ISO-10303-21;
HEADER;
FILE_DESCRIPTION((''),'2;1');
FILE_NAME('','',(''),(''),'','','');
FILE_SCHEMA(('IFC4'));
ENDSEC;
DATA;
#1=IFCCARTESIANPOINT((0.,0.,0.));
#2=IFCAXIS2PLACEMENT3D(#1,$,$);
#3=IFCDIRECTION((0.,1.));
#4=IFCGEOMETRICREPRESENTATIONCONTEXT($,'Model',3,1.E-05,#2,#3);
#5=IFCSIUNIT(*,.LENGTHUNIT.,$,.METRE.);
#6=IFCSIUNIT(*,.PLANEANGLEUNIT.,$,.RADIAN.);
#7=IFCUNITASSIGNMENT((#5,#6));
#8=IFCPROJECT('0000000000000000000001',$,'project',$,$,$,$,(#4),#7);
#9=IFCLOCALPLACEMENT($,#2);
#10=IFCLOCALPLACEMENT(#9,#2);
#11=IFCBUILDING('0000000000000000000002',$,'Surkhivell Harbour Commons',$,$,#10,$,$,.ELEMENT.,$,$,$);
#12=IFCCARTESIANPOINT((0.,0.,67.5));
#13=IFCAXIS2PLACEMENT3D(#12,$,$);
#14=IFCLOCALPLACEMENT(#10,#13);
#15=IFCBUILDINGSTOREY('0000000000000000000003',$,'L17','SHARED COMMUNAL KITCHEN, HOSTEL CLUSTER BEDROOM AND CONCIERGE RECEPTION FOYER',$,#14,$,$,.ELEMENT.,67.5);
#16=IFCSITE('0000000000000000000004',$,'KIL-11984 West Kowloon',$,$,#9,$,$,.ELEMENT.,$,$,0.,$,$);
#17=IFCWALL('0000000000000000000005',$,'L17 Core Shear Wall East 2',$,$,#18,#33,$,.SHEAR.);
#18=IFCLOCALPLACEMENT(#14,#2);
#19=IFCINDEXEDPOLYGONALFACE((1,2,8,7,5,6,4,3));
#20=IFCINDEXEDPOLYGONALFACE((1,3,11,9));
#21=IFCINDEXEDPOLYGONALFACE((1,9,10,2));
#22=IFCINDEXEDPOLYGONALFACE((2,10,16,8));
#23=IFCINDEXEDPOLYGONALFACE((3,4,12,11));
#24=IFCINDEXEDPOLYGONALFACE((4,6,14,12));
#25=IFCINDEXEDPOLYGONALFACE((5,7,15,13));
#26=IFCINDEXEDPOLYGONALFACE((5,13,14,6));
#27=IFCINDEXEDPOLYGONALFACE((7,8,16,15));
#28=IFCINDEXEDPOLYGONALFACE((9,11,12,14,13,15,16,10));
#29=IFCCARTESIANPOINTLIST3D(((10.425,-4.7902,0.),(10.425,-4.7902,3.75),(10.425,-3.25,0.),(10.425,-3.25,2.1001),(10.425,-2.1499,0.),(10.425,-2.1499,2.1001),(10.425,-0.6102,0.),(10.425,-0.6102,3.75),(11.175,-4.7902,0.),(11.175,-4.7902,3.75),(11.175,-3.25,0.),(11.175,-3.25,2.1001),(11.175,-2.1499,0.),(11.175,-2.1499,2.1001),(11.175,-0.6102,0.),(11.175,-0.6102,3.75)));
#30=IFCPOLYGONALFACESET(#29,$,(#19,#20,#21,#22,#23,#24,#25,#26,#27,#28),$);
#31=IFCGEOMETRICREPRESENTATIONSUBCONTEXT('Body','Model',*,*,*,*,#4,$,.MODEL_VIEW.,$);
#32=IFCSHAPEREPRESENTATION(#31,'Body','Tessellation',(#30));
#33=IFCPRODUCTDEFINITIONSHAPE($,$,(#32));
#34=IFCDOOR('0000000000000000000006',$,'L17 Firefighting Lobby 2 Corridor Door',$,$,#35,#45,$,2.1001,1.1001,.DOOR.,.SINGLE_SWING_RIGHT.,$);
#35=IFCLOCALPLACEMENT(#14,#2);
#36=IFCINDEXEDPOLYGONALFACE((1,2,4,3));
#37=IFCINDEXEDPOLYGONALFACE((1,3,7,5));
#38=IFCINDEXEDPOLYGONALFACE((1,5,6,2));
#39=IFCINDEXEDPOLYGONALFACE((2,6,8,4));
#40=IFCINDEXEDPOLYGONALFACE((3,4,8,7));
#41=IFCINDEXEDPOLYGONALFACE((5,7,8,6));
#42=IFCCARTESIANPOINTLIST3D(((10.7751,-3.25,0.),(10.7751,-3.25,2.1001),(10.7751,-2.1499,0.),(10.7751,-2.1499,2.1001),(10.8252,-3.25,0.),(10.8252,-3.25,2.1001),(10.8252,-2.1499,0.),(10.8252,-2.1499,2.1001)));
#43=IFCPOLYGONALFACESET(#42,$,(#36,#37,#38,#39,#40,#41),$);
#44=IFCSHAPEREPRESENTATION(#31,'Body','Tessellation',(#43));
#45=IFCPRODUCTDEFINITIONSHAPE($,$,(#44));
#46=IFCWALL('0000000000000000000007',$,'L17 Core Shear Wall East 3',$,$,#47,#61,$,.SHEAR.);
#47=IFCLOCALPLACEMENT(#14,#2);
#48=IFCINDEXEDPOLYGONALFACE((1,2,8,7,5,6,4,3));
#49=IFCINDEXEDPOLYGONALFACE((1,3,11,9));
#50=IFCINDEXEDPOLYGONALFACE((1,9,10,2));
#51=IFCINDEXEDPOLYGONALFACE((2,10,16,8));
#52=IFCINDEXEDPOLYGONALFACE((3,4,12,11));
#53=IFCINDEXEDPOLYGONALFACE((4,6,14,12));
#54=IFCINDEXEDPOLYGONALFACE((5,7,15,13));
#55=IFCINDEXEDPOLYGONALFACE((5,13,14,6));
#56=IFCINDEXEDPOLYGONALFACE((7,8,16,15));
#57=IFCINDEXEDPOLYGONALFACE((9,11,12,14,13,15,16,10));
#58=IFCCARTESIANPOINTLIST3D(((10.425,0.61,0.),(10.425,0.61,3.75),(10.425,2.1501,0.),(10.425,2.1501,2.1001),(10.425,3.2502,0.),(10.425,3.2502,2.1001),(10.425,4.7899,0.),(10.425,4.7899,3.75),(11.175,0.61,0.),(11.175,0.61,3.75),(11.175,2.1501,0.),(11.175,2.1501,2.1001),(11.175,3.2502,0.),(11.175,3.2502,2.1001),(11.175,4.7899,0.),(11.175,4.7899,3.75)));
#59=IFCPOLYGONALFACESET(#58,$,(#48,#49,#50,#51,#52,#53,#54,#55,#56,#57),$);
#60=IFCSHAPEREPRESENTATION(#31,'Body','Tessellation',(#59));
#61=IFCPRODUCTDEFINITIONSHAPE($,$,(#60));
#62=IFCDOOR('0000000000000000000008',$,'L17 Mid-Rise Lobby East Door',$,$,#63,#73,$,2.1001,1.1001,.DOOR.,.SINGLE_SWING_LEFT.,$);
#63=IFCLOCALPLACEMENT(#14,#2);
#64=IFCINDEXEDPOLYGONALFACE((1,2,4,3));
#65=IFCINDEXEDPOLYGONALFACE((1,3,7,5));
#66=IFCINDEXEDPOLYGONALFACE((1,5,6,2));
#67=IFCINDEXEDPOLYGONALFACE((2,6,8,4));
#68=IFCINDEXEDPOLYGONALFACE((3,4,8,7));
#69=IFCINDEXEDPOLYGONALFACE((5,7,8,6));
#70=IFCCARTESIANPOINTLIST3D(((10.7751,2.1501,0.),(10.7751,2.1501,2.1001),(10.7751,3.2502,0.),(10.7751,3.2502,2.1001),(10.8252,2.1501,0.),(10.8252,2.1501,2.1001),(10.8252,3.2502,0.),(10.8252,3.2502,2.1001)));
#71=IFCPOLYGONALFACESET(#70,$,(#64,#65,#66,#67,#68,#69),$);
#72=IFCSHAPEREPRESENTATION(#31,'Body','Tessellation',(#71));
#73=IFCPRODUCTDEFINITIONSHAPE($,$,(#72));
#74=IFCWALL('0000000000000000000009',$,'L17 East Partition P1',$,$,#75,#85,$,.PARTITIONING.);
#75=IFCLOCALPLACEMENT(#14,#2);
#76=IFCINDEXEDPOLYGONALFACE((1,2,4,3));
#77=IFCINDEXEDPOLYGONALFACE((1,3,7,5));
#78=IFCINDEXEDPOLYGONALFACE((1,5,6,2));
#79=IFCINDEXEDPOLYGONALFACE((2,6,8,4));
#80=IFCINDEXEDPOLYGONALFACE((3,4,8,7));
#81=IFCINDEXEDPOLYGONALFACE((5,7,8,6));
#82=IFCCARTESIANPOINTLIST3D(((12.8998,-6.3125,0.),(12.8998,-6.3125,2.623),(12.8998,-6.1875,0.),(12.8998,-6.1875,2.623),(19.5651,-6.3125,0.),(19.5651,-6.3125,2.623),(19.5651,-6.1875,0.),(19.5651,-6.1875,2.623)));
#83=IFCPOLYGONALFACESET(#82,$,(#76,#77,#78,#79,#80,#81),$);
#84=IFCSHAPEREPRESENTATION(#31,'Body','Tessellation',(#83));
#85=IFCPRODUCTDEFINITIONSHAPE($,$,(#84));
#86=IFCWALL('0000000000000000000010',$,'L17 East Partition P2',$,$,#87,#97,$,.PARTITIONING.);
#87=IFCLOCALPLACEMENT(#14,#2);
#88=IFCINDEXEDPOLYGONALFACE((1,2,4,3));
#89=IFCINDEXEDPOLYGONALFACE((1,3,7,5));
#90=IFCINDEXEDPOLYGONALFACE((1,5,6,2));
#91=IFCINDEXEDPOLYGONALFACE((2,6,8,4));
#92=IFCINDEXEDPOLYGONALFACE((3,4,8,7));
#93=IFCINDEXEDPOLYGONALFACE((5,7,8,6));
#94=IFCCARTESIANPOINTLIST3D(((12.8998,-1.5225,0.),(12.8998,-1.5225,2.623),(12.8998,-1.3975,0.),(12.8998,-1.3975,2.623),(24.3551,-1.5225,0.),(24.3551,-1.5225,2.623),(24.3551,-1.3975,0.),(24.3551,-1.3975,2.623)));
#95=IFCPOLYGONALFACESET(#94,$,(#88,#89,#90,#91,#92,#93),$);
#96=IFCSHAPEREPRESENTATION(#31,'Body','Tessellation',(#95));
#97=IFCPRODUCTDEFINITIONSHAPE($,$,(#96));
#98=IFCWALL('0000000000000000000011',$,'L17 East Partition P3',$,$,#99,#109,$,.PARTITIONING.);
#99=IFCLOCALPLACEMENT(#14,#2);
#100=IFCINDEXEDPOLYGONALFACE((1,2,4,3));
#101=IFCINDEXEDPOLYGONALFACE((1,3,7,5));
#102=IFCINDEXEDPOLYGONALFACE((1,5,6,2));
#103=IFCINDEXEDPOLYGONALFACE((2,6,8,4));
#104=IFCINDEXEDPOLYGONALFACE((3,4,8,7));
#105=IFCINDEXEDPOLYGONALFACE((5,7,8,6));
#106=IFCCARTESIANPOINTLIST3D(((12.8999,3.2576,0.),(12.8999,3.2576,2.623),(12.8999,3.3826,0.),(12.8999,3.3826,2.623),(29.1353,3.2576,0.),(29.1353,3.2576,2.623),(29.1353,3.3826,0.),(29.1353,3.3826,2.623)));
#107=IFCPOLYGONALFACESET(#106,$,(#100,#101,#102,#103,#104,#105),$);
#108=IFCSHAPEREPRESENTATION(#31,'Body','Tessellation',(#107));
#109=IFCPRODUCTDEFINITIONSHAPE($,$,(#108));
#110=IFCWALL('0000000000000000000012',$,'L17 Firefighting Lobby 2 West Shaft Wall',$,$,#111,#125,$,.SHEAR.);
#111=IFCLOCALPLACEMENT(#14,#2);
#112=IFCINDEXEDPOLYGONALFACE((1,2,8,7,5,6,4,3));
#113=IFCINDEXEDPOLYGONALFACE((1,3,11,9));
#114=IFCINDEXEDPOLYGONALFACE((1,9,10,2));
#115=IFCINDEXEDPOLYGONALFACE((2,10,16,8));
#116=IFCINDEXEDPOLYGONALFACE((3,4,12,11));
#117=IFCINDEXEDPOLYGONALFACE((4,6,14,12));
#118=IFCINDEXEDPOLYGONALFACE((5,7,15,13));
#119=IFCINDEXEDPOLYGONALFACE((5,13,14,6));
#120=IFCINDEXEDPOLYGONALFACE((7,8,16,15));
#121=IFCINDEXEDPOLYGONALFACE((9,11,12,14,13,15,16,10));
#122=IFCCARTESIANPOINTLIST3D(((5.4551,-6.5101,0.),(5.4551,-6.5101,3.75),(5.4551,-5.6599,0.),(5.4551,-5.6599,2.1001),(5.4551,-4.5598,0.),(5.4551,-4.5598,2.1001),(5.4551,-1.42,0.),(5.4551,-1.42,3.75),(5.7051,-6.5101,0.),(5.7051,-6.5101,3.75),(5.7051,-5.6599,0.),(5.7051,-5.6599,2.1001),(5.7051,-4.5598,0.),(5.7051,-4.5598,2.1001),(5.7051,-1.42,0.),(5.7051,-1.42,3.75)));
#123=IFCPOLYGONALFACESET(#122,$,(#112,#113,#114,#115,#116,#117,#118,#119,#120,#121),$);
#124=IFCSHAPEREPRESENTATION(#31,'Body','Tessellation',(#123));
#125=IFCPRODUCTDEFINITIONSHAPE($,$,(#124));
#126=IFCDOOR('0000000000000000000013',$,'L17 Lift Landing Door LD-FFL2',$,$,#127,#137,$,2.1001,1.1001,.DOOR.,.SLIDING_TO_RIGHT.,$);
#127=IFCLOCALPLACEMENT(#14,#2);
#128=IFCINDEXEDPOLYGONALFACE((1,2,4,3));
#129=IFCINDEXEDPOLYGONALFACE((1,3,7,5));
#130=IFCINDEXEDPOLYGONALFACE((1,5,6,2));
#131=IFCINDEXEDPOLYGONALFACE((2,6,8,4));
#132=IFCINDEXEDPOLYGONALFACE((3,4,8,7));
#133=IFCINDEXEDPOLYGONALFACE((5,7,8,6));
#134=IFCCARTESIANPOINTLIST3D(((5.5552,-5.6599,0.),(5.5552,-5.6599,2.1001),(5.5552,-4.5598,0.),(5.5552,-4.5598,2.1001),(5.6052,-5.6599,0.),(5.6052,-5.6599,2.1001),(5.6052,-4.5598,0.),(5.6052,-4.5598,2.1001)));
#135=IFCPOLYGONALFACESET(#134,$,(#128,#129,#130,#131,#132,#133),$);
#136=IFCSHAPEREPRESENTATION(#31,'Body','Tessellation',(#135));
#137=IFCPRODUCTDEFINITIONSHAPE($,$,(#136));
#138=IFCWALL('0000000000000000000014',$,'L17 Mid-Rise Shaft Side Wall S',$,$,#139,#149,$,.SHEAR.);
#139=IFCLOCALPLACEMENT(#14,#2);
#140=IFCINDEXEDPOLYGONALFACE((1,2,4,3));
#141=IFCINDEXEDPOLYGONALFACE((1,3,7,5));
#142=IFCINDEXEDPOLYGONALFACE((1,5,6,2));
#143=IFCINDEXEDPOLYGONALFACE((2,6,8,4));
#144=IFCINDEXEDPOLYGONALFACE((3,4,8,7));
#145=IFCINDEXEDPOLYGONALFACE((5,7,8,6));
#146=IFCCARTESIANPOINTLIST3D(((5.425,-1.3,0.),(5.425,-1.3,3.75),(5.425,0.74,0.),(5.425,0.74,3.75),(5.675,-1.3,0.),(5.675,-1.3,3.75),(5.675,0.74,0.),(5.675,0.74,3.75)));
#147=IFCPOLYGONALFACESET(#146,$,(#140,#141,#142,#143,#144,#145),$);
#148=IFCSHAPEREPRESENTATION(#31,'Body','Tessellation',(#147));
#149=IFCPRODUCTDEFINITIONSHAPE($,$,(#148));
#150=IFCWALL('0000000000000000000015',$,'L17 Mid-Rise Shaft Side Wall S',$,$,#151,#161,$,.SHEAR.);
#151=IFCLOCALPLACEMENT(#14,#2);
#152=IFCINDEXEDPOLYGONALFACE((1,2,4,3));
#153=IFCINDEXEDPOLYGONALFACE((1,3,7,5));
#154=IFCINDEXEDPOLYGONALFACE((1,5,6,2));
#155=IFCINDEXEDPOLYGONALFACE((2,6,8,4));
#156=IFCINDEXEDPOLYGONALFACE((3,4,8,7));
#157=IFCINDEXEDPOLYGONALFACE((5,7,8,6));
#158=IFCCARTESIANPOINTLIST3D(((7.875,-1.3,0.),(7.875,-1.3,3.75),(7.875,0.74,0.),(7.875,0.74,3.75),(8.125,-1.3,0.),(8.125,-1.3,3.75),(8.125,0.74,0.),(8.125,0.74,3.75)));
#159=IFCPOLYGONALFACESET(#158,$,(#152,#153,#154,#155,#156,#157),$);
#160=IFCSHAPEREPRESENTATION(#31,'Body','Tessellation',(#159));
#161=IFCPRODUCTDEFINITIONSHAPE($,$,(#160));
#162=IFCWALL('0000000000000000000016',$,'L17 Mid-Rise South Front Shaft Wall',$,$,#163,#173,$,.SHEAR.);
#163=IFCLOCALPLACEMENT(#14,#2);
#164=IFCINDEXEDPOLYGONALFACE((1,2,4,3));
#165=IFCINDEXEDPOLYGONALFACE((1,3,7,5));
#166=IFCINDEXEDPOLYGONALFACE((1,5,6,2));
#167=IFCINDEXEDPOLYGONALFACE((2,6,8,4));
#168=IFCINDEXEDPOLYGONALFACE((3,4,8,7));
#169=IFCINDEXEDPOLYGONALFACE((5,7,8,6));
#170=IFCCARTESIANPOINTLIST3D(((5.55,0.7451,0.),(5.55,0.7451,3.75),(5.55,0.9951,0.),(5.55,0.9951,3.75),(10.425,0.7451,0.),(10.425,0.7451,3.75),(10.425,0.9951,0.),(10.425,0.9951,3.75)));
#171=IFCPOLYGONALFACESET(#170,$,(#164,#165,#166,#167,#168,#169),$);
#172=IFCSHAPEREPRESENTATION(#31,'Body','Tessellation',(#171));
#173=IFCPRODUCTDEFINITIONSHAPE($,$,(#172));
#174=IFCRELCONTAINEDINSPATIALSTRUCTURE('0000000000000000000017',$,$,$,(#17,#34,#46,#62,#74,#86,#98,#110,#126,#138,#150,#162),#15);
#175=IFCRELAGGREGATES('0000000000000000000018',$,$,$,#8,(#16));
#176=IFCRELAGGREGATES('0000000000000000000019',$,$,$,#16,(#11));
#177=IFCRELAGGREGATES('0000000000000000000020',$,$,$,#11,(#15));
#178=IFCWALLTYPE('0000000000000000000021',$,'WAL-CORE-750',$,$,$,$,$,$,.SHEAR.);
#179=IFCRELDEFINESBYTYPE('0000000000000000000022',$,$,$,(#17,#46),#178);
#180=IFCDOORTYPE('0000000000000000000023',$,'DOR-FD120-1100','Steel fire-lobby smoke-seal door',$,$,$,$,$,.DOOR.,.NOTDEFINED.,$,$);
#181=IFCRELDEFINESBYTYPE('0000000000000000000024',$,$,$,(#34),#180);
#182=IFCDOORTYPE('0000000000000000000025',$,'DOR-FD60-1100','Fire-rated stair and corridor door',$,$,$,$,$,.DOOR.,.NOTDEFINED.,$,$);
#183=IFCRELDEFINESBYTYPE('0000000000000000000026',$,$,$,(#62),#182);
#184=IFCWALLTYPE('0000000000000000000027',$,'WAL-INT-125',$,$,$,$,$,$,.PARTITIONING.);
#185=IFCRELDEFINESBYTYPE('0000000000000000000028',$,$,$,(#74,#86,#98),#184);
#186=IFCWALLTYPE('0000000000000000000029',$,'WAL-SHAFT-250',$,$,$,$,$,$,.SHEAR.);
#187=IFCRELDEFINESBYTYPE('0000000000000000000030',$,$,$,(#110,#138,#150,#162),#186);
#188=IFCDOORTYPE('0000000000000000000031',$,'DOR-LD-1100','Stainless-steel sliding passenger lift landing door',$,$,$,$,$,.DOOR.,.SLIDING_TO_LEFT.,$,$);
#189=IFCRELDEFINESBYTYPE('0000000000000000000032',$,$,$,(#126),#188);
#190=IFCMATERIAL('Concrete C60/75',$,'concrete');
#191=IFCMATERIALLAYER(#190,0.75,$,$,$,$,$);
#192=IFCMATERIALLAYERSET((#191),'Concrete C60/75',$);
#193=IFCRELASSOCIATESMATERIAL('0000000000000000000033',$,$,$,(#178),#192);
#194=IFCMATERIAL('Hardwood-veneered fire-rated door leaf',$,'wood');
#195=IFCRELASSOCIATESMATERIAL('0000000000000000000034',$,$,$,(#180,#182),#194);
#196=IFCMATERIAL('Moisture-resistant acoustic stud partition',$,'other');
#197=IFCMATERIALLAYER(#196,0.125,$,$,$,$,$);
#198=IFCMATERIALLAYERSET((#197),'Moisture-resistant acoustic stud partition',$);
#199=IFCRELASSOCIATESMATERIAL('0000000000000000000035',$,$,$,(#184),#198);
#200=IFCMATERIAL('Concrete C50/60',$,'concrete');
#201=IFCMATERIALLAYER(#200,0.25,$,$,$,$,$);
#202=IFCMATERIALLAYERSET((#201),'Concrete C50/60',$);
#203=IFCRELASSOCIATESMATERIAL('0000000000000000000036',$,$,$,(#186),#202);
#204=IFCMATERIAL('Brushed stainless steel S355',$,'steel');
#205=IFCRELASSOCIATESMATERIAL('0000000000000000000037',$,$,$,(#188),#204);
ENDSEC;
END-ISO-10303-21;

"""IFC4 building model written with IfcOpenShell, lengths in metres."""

from ifc_helpers import new_model, si_unit, direction, frame, frame_2d, origin, place, context, subcontext, project, spatial, rectangle, extrude, material, layer, layer_set, type_object, element, fill, save


model = new_model("IFC4")

# Units and contexts
model_context = context("Model", 3, precision=1e-05, world=origin(), true_north=direction((0.0, 1.0)))
body_context = subcontext(model_context, "Body", "Model", "MODEL_VIEW")
ifc_project = project(units=[si_unit("LENGTHUNIT", "METRE"), si_unit("PLANEANGLEUNIT", "RADIAN")], contexts=[model_context])

# Site, building, storey
site_placement = place(None, origin())
site = spatial("IfcSite", under=ifc_project, at=site_placement, Name="KIL-11984 West Kowloon", CompositionType="ELEMENT", RefElevation=0.0)
building_placement = place(site_placement, origin())
building = spatial("IfcBuilding", under=site, at=building_placement, Name="Surkhivell Harbour Commons", CompositionType="ELEMENT")
storey_placement = place(building_placement, frame((0.0, 0.0, 67.5)))
storey = spatial("IfcBuildingStorey", under=building, at=storey_placement, Name="L17", Description="SHARED COMMUNAL KITCHEN, HOSTEL CLUSTER BEDROOM AND CONCIERGE RECEPTION FOYER", CompositionType="ELEMENT", Elevation=67.5)

# Walls, openings, doors
ifc_material_1 = material(Name="Concrete C60/75", Category="concrete")
ifc_layer_1 = layer(ifc_material_1, 0.75)
ifc_layer_set_1 = layer_set([ifc_layer_1], Name="Concrete C60/75")
wall_type_1 = type_object("IfcWallType", Name="WAL-CORE-750", PredefinedType="SHEAR", material=ifc_layer_set_1)
wall_1_placement = place(storey_placement, frame((10.8, -4.79, 0.0), z_axis=(0.0, 0.0, 1.0), x_axis=(0.0, 1.0, 0.0)))
wall_1 = element("IfcWall", 1, at=wall_1_placement, inside=storey, type_object=wall_type_1, Name="L17 Core Shear Wall East 2", PredefinedType="SHEAR", context=body_context, shape_type="SweptSolid", body=[
    extrude(rectangle(XDim=4.1799, YDim=0.75, at=frame_2d((2.0898, 0.0))), origin(), (0.0, 0.0, 1.0), 3.75),
])
opening_1_placement = place(wall_1_placement, frame((1.54, 0.0, 0.0)))
opening_1 = element("IfcOpeningElement", 2, at=opening_1_placement, cuts=wall_1, PredefinedType="OPENING", context=body_context, shape_type="SweptSolid", body=[
    extrude(rectangle(XDim=1.1001, YDim=2.1001, at=frame_2d((0.55, 1.05))), frame((0.0, 0.385, 0.0), z_axis=(0.0, -1.0, 0.0), x_axis=(1.0, 0.0, 0.0)), (0.0, 0.0, 1.0), 0.77),
])
ifc_material_2 = material(Name="Hardwood-veneered fire-rated door leaf", Category="wood")
door_type_1 = type_object("IfcDoorType", Name="DOR-FD120-1100", Description="Steel fire-lobby smoke-seal door", OperationType="NOTDEFINED", PredefinedType="DOOR", material=ifc_material_2)
door_1_placement = place(opening_1_placement, origin())
door_1 = element("IfcDoor", 3, at=door_1_placement, inside=storey, type_object=door_type_1, Name="L17 Firefighting Lobby 2 Corridor Door", OperationType="SINGLE_SWING_RIGHT", OverallHeight=2.1001, OverallWidth=1.1001, PredefinedType="DOOR", context=body_context, shape_type="SweptSolid", body=[
    extrude(rectangle(XDim=1.1001, YDim=2.1001, at=frame_2d((0.55, 1.05))), frame((0.0, 0.0249, 0.0), z_axis=(0.0, -1.0, 0.0), x_axis=(1.0, 0.0, 0.0)), (0.0, 0.0, 1.0), 0.05),
])
fill(opening_1, door_1)
wall_2_placement = place(storey_placement, frame((10.8, 0.6101, 0.0), z_axis=(0.0, 0.0, 1.0), x_axis=(0.0, 1.0, 0.0)))
wall_2 = element("IfcWall", 4, at=wall_2_placement, inside=storey, type_object=wall_type_1, Name="L17 Core Shear Wall East 3", PredefinedType="SHEAR", context=body_context, shape_type="SweptSolid", body=[
    extrude(rectangle(XDim=4.1799, YDim=0.75, at=frame_2d((2.0898, 0.0))), origin(), (0.0, 0.0, 1.0), 3.75),
])
opening_2_placement = place(wall_2_placement, frame((1.54, 0.0, 0.0)))
opening_2 = element("IfcOpeningElement", 5, at=opening_2_placement, cuts=wall_2, PredefinedType="OPENING", context=body_context, shape_type="SweptSolid", body=[
    extrude(rectangle(XDim=1.1001, YDim=2.1001, at=frame_2d((0.55, 1.05))), frame((0.0, 0.385, 0.0), z_axis=(0.0, -1.0, 0.0), x_axis=(1.0, 0.0, 0.0)), (0.0, 0.0, 1.0), 0.77),
])
door_type_2 = type_object("IfcDoorType", Name="DOR-FD60-1100", Description="Fire-rated stair and corridor door", OperationType="NOTDEFINED", PredefinedType="DOOR", material=ifc_material_2)
door_2_placement = place(opening_2_placement, origin())
door_2 = element("IfcDoor", 6, at=door_2_placement, inside=storey, type_object=door_type_2, Name="L17 Mid-Rise Lobby East Door", OperationType="SINGLE_SWING_LEFT", OverallHeight=2.1001, OverallWidth=1.1001, PredefinedType="DOOR", context=body_context, shape_type="SweptSolid", body=[
    extrude(rectangle(XDim=1.1001, YDim=2.1001, at=frame_2d((0.55, 1.05))), frame((0.0, 0.0249, 0.0), z_axis=(0.0, -1.0, 0.0), x_axis=(1.0, 0.0, 0.0)), (0.0, 0.0, 1.0), 0.05),
])
fill(opening_2, door_2)

# Walls
ifc_material_3 = material(Name="Moisture-resistant acoustic stud partition", Category="other")
ifc_layer_2 = layer(ifc_material_3, 0.125)
ifc_layer_set_2 = layer_set([ifc_layer_2], Name="Moisture-resistant acoustic stud partition")
wall_type_2 = type_object("IfcWallType", Name="WAL-INT-125", PredefinedType="PARTITIONING", material=ifc_layer_set_2)
wall_3_placement = place(storey_placement, frame((12.8999, -6.25, 0.0), z_axis=(0.0, 0.0, 1.0), x_axis=(1.0, 0.0, 0.0)))
element("IfcWall", 7, at=wall_3_placement, inside=storey, type_object=wall_type_2, Name="L17 East Partition P1", PredefinedType="PARTITIONING", context=body_context, shape_type="SweptSolid", body=[
    extrude(rectangle(XDim=6.6653, YDim=0.125, at=frame_2d((3.3325, 0.0))), origin(), (0.0, 0.0, 1.0), 2.623),
])
wall_4_placement = place(storey_placement, frame((12.8999, -1.46, 0.0), z_axis=(0.0, 0.0, 1.0), x_axis=(1.0, 0.0, 0.0)))
element("IfcWall", 8, at=wall_4_placement, inside=storey, type_object=wall_type_2, Name="L17 East Partition P2", PredefinedType="PARTITIONING", context=body_context, shape_type="SweptSolid", body=[
    extrude(rectangle(XDim=11.4553, YDim=0.125, at=frame_2d((5.7275, 0.0))), origin(), (0.0, 0.0, 1.0), 2.623),
])
wall_5_placement = place(storey_placement, frame((12.8999, 3.3201, 0.0), z_axis=(0.0, 0.0, 1.0), x_axis=(1.0, 0.0, 0.0)))
element("IfcWall", 9, at=wall_5_placement, inside=storey, type_object=wall_type_2, Name="L17 East Partition P3", PredefinedType="PARTITIONING", context=body_context, shape_type="SweptSolid", body=[
    extrude(rectangle(XDim=16.2354, YDim=0.125, at=frame_2d((8.1177, 0.0))), origin(), (0.0, 0.0, 1.0), 2.623),
])

# Wall, opening, door
ifc_material_4 = material(Name="Concrete C50/60", Category="concrete")
ifc_layer_3 = layer(ifc_material_4, 0.25)
ifc_layer_set_3 = layer_set([ifc_layer_3], Name="Concrete C50/60")
wall_type_3 = type_object("IfcWallType", Name="WAL-SHAFT-250", PredefinedType="SHEAR", material=ifc_layer_set_3)
wall_6_placement = place(storey_placement, frame((5.5801, -6.51, 0.0), z_axis=(0.0, 0.0, 1.0), x_axis=(0.0, 1.0, 0.0)))
wall_6 = element("IfcWall", 10, at=wall_6_placement, inside=storey, type_object=wall_type_3, Name="L17 Firefighting Lobby 2 West Shaft Wall", PredefinedType="SHEAR", context=body_context, shape_type="SweptSolid", body=[
    extrude(rectangle(XDim=5.0901, YDim=0.25, at=frame_2d((2.5449, 0.0))), origin(), (0.0, 0.0, 1.0), 3.75),
])
opening_3_placement = place(wall_6_placement, frame((0.8501, 0.0, 0.0)))
opening_3 = element("IfcOpeningElement", 11, at=opening_3_placement, cuts=wall_6, PredefinedType="OPENING", context=body_context, shape_type="SweptSolid", body=[
    extrude(rectangle(XDim=1.1001, YDim=2.1001, at=frame_2d((0.55, 1.05))), frame((0.0, 0.135, 0.0), z_axis=(0.0, -1.0, 0.0), x_axis=(1.0, 0.0, 0.0)), (0.0, 0.0, 1.0), 0.27),
])
ifc_material_5 = material(Name="Brushed stainless steel S355", Category="steel")
door_type_3 = type_object("IfcDoorType", Name="DOR-LD-1100", Description="Stainless-steel sliding passenger lift landing door", OperationType="SLIDING_TO_LEFT", PredefinedType="DOOR", material=ifc_material_5)
door_3_placement = place(opening_3_placement, origin())
door_3 = element("IfcDoor", 12, at=door_3_placement, inside=storey, type_object=door_type_3, Name="L17 Lift Landing Door LD-FFL2", OperationType="SLIDING_TO_RIGHT", OverallHeight=2.1001, OverallWidth=1.1001, PredefinedType="DOOR", context=body_context, shape_type="SweptSolid", body=[
    extrude(rectangle(XDim=1.1001, YDim=2.1001, at=frame_2d((0.55, 1.05))), frame((0.0, 0.0249, 0.0), z_axis=(0.0, -1.0, 0.0), x_axis=(1.0, 0.0, 0.0)), (0.0, 0.0, 1.0), 0.05),
])
fill(opening_3, door_3)

# Walls
for number, where, z_axis, x_axis, name in (
    (13, (5.55, -1.3, 0.0), (0.0, 0.0, 1.0), (0.0, 1.0, 0.0), "L17 Mid-Rise Shaft Side Wall S"),
    (14, (8.0, -1.3, 0.0), (0.0, 0.0, 1.0), (0.0, 1.0, 0.0), "L17 Mid-Rise Shaft Side Wall S"),
):
    element("IfcWall", number, at=place(storey_placement, frame(where, z_axis=z_axis, x_axis=x_axis)), inside=storey, type_object=wall_type_3, Name=name, PredefinedType="SHEAR", context=body_context, shape_type="SweptSolid", body=[
        extrude(rectangle(XDim=2.04, YDim=0.25, at=frame_2d((1.02, 0.0))), origin(), (0.0, 0.0, 1.0), 3.75),
    ])
wall_7_placement = place(storey_placement, frame((5.55, 0.8701, 0.0), z_axis=(0.0, 0.0, 1.0), x_axis=(1.0, 0.0, 0.0)))
element("IfcWall", 15, at=wall_7_placement, inside=storey, type_object=wall_type_3, Name="L17 Mid-Rise South Front Shaft Wall", PredefinedType="SHEAR", context=body_context, shape_type="SweptSolid", body=[
    extrude(rectangle(XDim=4.875, YDim=0.25, at=frame_2d((2.4375, 0.0))), origin(), (0.0, 0.0, 1.0), 3.75),
])

save(model, "model.ifc")
